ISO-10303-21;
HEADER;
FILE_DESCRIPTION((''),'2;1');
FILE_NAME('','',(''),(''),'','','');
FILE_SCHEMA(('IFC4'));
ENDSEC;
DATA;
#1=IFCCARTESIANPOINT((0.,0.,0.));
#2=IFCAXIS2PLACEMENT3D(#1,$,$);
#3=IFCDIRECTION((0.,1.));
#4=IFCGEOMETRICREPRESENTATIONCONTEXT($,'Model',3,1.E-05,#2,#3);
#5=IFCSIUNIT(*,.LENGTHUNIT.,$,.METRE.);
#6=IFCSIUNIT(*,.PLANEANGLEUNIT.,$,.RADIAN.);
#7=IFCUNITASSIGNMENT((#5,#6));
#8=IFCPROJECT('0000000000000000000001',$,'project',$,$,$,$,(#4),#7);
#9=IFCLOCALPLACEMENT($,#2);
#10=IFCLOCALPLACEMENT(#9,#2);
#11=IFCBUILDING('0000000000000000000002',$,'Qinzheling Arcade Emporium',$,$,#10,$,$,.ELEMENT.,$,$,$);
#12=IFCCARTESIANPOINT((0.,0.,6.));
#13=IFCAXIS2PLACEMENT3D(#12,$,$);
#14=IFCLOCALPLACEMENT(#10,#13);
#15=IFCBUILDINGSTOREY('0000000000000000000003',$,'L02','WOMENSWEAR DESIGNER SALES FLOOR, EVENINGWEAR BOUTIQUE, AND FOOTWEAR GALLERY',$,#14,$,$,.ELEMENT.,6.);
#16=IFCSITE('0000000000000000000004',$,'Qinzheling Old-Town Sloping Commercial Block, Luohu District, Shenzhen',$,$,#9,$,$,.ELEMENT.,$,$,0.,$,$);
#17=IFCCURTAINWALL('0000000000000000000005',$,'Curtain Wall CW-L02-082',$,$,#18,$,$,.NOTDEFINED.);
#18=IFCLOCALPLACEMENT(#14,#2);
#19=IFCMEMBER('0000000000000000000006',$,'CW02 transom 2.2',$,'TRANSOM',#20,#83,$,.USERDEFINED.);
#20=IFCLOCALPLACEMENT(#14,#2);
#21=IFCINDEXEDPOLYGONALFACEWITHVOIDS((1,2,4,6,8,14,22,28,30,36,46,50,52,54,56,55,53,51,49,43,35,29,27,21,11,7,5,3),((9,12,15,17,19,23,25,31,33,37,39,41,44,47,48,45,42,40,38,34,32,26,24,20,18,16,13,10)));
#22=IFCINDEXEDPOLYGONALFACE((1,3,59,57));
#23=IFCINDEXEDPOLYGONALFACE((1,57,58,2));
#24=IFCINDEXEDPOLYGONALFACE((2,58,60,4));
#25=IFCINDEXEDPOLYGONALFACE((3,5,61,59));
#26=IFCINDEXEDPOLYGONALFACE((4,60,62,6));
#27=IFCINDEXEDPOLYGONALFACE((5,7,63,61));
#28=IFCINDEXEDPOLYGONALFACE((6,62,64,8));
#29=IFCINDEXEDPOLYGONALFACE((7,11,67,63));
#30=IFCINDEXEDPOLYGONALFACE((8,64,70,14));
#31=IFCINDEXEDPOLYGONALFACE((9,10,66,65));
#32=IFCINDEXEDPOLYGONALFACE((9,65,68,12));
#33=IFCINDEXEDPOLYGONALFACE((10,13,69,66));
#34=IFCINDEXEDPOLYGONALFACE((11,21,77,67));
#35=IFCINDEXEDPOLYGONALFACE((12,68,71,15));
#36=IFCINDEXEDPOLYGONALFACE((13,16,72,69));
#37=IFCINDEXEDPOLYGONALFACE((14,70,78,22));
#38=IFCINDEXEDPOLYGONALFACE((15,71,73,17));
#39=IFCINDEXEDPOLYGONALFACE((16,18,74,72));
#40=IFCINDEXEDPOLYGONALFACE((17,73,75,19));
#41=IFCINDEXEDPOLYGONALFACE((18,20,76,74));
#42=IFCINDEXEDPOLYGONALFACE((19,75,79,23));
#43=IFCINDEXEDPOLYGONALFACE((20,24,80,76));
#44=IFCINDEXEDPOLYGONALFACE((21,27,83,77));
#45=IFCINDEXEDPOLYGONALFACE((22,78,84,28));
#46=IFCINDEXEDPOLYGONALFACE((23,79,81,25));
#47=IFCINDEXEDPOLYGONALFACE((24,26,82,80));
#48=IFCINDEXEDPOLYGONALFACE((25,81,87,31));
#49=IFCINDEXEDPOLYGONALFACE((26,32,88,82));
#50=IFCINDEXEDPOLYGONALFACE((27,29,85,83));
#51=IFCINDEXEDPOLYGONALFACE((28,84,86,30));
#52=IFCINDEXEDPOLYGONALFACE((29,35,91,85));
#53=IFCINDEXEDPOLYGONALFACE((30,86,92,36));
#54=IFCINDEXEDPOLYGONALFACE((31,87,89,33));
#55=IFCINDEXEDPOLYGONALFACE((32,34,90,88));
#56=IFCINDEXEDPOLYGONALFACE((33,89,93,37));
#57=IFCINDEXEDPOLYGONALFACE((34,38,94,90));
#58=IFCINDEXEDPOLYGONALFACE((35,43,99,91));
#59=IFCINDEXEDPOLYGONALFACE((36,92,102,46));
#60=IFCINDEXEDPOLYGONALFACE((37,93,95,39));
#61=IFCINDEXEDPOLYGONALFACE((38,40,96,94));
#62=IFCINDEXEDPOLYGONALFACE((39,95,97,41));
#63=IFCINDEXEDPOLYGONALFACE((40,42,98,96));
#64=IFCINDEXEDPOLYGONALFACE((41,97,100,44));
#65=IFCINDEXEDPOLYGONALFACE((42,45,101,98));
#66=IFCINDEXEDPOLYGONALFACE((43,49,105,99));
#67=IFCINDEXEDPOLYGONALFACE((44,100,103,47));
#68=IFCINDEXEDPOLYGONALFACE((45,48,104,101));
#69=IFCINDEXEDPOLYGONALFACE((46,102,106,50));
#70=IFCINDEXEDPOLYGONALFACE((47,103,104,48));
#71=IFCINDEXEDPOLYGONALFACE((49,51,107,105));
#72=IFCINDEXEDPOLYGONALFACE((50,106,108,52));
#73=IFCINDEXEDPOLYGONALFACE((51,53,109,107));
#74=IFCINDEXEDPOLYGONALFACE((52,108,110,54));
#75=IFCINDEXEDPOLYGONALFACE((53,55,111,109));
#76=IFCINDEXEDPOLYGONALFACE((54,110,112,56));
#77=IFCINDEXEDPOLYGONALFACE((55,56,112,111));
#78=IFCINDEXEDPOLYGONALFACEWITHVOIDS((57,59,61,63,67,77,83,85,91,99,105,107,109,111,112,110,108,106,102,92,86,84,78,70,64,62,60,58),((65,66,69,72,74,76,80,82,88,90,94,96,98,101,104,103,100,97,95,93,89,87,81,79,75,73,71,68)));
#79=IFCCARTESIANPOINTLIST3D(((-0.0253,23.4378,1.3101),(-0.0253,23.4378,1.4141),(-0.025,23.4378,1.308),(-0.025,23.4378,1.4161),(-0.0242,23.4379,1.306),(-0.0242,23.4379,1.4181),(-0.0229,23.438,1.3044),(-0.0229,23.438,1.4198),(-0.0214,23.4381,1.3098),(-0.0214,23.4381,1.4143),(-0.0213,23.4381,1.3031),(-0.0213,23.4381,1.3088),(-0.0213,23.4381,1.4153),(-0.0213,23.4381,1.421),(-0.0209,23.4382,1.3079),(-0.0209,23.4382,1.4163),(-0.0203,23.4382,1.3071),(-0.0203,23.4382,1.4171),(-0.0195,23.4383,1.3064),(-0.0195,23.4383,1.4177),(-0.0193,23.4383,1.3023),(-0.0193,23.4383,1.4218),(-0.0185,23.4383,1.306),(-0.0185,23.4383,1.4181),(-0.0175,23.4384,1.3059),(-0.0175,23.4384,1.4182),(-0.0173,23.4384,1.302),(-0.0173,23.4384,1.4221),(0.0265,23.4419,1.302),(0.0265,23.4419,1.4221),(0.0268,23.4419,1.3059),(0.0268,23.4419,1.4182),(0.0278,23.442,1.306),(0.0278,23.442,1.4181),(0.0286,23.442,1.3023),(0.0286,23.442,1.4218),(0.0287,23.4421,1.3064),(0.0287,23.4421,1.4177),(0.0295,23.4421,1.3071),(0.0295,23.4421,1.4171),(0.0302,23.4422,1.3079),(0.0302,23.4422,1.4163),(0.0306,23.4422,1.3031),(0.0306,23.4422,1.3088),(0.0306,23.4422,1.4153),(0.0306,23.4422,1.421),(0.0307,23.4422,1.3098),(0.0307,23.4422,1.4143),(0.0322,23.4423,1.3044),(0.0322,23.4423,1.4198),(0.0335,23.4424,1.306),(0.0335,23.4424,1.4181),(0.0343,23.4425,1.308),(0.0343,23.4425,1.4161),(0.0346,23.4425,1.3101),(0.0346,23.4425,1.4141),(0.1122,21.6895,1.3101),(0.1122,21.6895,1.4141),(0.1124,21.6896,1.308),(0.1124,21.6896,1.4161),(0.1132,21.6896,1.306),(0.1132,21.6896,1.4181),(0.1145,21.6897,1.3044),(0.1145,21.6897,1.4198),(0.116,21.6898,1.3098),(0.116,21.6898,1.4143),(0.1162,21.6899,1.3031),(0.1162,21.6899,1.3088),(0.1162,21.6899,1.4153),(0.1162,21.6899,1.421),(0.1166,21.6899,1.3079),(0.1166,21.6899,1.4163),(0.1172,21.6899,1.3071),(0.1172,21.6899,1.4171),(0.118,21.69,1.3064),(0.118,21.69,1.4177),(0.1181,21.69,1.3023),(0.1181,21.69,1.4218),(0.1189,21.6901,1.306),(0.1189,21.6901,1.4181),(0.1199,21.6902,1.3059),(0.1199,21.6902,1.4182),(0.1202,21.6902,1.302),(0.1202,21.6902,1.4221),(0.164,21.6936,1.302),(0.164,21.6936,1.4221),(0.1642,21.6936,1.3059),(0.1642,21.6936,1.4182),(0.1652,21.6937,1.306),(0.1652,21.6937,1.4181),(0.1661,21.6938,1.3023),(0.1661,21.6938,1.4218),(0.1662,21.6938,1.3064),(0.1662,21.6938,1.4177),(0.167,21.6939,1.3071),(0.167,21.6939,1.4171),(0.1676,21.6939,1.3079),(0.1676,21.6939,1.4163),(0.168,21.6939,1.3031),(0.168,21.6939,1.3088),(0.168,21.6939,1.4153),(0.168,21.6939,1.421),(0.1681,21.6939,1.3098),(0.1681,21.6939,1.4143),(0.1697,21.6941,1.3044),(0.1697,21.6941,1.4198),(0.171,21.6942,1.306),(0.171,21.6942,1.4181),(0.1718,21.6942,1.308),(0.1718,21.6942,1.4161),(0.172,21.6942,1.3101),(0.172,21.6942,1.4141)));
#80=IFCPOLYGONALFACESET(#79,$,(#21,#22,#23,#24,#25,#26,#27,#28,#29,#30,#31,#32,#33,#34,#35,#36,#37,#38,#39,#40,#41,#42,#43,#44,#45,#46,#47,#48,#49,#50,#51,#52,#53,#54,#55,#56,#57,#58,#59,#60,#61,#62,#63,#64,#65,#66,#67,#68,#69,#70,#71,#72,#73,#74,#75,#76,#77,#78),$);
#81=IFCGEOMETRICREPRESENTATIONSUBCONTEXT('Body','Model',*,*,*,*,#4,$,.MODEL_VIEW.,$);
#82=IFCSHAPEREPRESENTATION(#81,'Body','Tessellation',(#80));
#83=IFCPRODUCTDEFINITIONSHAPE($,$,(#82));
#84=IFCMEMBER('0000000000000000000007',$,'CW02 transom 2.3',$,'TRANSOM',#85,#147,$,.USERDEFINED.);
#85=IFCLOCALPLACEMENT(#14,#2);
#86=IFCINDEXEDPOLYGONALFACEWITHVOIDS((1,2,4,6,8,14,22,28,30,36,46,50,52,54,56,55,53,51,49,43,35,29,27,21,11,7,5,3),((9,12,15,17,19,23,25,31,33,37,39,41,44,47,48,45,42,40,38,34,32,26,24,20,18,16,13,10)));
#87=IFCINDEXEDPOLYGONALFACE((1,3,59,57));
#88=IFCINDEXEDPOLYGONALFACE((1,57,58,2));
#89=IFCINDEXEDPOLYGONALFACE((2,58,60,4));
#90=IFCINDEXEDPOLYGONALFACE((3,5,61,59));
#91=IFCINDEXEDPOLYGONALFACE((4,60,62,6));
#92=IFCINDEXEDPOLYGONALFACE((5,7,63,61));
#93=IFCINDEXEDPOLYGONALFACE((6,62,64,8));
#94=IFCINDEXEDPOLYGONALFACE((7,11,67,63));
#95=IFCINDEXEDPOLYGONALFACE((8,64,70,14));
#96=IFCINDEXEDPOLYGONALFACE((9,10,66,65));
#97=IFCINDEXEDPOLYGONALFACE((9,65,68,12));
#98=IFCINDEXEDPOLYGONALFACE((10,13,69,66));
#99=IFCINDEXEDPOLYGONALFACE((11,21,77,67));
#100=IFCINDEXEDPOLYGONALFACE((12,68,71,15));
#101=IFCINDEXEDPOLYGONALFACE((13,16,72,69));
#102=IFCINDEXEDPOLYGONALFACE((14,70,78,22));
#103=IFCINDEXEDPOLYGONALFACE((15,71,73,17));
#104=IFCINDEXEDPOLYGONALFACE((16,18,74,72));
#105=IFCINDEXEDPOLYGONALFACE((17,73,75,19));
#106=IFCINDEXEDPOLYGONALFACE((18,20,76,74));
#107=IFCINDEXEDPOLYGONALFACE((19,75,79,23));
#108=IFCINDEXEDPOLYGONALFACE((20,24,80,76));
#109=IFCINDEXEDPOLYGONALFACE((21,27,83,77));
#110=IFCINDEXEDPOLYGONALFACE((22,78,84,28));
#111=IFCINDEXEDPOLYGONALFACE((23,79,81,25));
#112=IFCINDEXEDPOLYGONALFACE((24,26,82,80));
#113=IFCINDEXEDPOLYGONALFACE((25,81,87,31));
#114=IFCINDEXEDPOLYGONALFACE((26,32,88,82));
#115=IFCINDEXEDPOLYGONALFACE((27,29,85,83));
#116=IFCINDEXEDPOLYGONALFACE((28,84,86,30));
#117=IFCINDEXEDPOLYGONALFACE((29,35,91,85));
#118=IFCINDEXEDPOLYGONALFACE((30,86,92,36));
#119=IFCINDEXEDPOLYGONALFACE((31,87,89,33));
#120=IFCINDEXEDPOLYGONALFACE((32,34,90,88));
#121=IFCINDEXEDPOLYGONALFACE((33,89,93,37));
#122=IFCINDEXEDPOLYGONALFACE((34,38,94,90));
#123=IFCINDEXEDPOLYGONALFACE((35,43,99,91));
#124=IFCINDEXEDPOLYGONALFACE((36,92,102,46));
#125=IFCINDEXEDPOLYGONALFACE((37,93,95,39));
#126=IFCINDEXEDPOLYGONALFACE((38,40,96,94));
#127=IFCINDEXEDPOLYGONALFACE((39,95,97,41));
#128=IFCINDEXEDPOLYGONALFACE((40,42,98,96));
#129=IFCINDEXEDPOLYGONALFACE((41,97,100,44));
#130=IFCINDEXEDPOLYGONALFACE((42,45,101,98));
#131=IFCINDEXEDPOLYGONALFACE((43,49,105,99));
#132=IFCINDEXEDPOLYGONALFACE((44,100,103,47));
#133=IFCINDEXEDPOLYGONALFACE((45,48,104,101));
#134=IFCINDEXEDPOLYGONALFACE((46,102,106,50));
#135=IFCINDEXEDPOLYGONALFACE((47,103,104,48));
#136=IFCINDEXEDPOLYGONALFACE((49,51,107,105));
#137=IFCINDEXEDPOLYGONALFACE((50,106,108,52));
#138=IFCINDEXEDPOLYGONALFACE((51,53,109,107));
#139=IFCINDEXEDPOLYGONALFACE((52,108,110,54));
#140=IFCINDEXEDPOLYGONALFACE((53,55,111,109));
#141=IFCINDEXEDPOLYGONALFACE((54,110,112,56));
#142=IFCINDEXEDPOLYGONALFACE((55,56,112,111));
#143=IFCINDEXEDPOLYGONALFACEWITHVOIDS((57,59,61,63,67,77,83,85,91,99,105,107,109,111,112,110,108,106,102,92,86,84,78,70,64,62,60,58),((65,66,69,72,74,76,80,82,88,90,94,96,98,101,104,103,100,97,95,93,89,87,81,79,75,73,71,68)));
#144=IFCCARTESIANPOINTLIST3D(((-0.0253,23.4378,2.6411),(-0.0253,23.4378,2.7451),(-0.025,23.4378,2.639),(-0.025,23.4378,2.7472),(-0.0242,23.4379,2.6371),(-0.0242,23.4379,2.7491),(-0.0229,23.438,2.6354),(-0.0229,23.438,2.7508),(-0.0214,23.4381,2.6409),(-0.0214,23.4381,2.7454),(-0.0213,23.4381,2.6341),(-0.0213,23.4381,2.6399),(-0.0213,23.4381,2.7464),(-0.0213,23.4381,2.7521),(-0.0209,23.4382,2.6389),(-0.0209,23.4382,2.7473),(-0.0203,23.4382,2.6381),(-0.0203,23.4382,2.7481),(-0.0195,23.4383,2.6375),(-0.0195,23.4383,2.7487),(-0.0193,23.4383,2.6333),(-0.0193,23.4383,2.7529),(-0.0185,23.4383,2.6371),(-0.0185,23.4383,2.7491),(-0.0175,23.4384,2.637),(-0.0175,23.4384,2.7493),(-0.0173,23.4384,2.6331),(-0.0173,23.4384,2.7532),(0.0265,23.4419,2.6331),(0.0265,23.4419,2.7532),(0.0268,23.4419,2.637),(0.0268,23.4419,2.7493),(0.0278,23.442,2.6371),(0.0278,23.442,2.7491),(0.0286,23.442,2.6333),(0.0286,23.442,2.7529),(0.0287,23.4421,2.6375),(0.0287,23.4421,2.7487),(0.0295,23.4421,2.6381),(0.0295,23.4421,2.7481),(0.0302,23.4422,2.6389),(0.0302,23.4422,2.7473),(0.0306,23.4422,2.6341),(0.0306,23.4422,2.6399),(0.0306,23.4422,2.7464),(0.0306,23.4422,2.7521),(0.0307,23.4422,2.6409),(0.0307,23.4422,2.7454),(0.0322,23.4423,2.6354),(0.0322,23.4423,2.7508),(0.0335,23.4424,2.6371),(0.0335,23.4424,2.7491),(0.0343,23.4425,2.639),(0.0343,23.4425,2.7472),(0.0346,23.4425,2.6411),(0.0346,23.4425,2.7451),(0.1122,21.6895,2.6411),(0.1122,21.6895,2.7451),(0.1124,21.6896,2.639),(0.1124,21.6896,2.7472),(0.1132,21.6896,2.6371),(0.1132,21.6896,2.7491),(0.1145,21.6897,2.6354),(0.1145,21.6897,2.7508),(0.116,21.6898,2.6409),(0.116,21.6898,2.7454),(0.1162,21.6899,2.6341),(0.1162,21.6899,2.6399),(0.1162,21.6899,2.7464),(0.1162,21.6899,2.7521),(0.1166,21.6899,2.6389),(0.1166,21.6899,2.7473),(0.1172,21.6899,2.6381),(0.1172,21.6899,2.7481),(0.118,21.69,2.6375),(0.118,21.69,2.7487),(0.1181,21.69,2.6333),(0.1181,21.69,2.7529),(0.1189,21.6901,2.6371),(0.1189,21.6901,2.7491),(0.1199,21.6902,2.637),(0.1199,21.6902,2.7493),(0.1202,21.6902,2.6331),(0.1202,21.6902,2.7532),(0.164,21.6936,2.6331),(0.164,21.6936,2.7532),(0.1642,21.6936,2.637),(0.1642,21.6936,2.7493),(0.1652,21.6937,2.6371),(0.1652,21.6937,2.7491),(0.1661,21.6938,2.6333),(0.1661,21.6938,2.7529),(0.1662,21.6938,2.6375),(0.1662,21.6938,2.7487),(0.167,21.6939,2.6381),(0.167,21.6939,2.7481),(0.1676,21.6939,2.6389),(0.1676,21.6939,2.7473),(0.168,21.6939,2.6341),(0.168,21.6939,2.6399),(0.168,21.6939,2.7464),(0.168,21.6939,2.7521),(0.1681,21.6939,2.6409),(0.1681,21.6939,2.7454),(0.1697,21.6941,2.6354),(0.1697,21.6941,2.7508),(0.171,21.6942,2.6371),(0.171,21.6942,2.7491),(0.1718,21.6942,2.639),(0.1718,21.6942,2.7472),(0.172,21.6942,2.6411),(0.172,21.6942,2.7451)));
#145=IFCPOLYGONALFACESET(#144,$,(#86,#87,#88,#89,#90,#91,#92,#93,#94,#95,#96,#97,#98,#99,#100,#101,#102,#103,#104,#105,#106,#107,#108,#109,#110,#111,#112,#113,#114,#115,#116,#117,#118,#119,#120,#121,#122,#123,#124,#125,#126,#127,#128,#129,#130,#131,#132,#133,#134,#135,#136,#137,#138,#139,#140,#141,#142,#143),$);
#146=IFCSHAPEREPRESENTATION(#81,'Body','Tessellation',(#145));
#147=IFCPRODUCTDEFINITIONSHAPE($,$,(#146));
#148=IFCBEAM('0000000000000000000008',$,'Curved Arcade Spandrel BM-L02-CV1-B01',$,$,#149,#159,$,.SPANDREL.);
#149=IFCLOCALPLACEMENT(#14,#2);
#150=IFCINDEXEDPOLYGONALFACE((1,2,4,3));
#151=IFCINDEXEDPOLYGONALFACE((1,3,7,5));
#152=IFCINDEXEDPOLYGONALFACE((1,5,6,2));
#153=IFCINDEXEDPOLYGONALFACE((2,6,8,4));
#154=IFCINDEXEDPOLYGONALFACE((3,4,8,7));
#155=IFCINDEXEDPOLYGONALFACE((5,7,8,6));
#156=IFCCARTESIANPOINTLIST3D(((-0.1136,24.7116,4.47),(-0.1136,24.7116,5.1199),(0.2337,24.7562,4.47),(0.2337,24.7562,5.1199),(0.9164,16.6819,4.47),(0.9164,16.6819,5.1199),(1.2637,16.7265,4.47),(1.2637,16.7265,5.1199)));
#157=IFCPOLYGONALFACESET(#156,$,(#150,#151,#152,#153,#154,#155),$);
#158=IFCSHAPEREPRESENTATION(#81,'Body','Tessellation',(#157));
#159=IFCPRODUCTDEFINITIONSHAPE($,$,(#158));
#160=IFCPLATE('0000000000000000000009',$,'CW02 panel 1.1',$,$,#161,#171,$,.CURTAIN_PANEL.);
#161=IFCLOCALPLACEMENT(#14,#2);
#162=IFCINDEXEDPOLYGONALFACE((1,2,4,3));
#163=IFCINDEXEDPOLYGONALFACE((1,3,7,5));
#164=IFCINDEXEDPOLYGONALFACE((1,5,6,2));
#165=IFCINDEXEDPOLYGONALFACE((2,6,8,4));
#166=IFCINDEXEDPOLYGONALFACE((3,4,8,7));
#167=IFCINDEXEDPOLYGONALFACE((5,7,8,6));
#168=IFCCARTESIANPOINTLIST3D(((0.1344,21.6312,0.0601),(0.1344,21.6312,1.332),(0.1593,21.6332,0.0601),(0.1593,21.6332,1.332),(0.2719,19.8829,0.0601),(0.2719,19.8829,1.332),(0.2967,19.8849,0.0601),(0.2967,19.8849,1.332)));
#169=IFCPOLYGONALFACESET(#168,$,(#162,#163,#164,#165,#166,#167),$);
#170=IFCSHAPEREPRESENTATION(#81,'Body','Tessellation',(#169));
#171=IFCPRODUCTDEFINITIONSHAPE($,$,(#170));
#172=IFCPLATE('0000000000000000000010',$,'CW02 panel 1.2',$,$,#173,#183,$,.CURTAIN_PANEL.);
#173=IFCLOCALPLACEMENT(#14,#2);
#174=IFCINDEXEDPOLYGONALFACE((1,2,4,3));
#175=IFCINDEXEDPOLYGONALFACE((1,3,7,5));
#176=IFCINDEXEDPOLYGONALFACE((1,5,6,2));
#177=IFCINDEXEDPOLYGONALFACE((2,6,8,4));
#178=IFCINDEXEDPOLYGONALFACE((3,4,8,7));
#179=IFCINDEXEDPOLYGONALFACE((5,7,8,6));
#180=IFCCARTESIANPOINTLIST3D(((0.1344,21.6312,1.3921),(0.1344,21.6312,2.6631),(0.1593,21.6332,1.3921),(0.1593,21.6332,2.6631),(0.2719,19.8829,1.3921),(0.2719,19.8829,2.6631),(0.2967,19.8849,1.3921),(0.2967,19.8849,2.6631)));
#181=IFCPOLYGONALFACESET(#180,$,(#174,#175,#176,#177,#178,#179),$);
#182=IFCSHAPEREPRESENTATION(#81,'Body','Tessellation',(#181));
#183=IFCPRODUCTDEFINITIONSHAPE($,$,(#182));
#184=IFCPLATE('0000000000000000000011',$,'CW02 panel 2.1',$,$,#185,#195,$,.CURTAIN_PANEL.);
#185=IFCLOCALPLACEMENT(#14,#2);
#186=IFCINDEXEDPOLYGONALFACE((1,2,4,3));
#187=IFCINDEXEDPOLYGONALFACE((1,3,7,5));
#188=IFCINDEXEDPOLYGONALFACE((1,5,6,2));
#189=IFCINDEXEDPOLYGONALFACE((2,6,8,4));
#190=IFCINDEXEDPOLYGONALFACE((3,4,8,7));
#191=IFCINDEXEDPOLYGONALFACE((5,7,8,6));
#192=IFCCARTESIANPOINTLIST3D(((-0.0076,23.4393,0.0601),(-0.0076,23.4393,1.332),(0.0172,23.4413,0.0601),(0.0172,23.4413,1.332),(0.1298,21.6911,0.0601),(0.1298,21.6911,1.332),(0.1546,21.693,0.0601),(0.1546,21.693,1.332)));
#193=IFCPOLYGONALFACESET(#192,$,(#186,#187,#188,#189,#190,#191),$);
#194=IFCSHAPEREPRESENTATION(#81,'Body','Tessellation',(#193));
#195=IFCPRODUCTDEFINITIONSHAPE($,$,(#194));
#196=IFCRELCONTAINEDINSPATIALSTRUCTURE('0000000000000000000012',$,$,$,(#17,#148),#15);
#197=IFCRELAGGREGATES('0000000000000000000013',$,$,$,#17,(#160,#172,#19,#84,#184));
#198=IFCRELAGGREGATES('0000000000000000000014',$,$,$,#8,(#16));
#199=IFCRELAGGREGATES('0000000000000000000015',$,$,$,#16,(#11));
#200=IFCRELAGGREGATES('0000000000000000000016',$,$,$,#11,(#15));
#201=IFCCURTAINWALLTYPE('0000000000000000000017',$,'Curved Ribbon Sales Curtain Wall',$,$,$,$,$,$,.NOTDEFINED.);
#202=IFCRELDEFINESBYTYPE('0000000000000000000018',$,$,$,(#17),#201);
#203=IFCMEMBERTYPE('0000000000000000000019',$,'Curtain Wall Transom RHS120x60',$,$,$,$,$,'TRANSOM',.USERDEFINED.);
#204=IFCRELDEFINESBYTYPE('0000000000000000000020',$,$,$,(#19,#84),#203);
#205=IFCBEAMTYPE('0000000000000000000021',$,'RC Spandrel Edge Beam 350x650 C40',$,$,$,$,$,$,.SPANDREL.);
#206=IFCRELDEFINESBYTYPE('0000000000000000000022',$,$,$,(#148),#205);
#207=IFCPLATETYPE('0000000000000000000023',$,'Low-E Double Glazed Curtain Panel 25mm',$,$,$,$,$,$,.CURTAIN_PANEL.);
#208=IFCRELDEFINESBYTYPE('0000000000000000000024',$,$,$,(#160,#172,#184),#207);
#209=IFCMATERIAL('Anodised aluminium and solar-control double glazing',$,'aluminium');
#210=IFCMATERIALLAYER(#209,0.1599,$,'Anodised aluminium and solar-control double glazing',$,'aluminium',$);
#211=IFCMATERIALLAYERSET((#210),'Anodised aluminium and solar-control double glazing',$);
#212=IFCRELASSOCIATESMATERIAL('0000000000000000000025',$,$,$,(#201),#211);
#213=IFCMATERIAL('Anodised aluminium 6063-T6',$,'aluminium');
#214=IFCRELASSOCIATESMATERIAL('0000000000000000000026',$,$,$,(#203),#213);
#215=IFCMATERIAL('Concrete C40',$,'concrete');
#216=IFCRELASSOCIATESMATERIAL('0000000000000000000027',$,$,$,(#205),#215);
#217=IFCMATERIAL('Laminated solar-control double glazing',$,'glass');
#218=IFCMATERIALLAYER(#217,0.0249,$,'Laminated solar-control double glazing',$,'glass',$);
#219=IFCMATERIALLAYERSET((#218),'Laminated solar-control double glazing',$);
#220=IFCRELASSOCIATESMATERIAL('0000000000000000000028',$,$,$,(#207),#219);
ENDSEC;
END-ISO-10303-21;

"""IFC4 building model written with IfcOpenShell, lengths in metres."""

from ifc_helpers import new_model, si_unit, direction, frame, origin, origin_2d, place, context, subcontext, project, spatial, rectangle, hollow_rectangle, extrude, material, layer, layer_set, material_profile, profile_set, type_object, element, aggregate, save


model = new_model("IFC4")

# Units and contexts
model_context = context("Model", 3, precision=1e-05, world=origin(), true_north=direction((0.0, 1.0)))
body_context = subcontext(model_context, "Body", "Model", "MODEL_VIEW")
ifc_project = project(units=[si_unit("LENGTHUNIT", "METRE"), si_unit("PLANEANGLEUNIT", "RADIAN")], contexts=[model_context])

# Site, building, storey
site_placement = place(None, origin())
site = spatial("IfcSite", under=ifc_project, at=site_placement, Name="Qinzheling Old-Town Sloping Commercial Block, Luohu District, Shenzhen", CompositionType="ELEMENT", RefElevation=0.0)
building_placement = place(site_placement, origin())
building = spatial("IfcBuilding", under=site, at=building_placement, Name="Qinzheling Arcade Emporium", CompositionType="ELEMENT")
storey_placement = place(building_placement, frame((0.0, 0.0, 6.0)))
storey = spatial("IfcBuildingStorey", under=building, at=storey_placement, Name="L02", Description="WOMENSWEAR DESIGNER SALES FLOOR, EVENINGWEAR BOUTIQUE, AND FOOTWEAR GALLERY", CompositionType="ELEMENT", Elevation=6.0)

# Curtain wall
ifc_material_1 = material(Name="Anodised aluminium and solar-control double glazing", Category="aluminium")
ifc_layer_1 = layer(ifc_material_1, 0.1599, Name="Anodised aluminium and solar-control double glazing", Category="aluminium")
ifc_layer_set_1 = layer_set([ifc_layer_1], Name="Anodised aluminium and solar-control double glazing")
curtain_wall_type_1 = type_object("IfcCurtainWallType", Name="Curved Ribbon Sales Curtain Wall", PredefinedType="NOTDEFINED", material=ifc_layer_set_1)
curtain_wall_1_placement = place(storey_placement, origin())
curtain_wall_1 = element("IfcCurtainWall", 1, at=curtain_wall_1_placement, inside=storey, type_object=curtain_wall_type_1, Name="Curtain Wall CW-L02-082", PredefinedType="NOTDEFINED")
ifc_material_2 = material(Name="Anodised aluminium 6063-T6", Category="aluminium")

# Members
ifc_material_profile_1 = material_profile(ifc_material_2, hollow_rectangle(XDim=0.0601, YDim=0.1201, WallThickness=0.0039, InnerFilletRadius=0.0039, OuterFilletRadius=0.0081, at=origin_2d()), Name="RHS 120x60x4", Category="aluminium")
ifc_profile_set_1 = profile_set([ifc_material_profile_1], Name="Anodised aluminium 6063-T6")
member_type_1 = type_object("IfcMemberType", Name="Curtain Wall Transom RHS120x60", ElementType="TRANSOM", PredefinedType="USERDEFINED", material=ifc_profile_set_1)
member_1_placement = place(storey_placement, frame((0.1421, 21.6919, 1.3621), z_axis=(-0.078378, 0.996924, 0.0), x_axis=(-0.996924, -0.078378, 0.0)))
member_1 = element("IfcMember", 2, at=member_1_placement, type_object=member_type_1, Name="CW02 transom 2.2", ObjectType="TRANSOM", PredefinedType="USERDEFINED", context=body_context, shape_type="SweptSolid", body=[
    extrude(hollow_rectangle(XDim=0.0601, YDim=0.1201, WallThickness=0.0039, InnerFilletRadius=0.0039, OuterFilletRadius=0.0081, at=origin_2d()), origin(), (0.0, 0.0, 1.0), 1.7537),
])
member_2_placement = place(storey_placement, frame((0.1421, 21.6919, 2.6931), z_axis=(-0.078378, 0.996924, 0.0), x_axis=(-0.996924, -0.078378, 0.0)))
member_2 = element("IfcMember", 3, at=member_2_placement, type_object=member_type_1, Name="CW02 transom 2.3", ObjectType="TRANSOM", PredefinedType="USERDEFINED", context=body_context, shape_type="SweptSolid", body=[
    extrude(hollow_rectangle(XDim=0.0601, YDim=0.1201, WallThickness=0.0039, InnerFilletRadius=0.0039, OuterFilletRadius=0.0081, at=origin_2d()), origin(), (0.0, 0.0, 1.0), 1.7537),
])

# Beam
ifc_material_3 = material(Name="Concrete C40", Category="concrete")
ifc_material_profile_2 = material_profile(ifc_material_3, rectangle(XDim=0.3501, YDim=0.6499, at=origin_2d()), Name="RC 350x650", Category="concrete")
ifc_profile_set_2 = profile_set([ifc_material_profile_2], Name="Concrete C40")
beam_type_1 = type_object("IfcBeamType", Name="RC Spandrel Edge Beam 350x650 C40", PredefinedType="SPANDREL", material=ifc_profile_set_2)
beam_1_placement = place(storey_placement, frame((0.0601, 24.7339, 4.7949), z_axis=(0.127234, -0.991873, 0.0), x_axis=(0.991873, 0.127234, 0.0)))
element("IfcBeam", 4, at=beam_1_placement, inside=storey, type_object=beam_type_1, Name="Curved Arcade Spandrel BM-L02-CV1-B01", PredefinedType="SPANDREL", context=body_context, shape_type="SweptSolid", body=[
    extrude(rectangle(XDim=0.3501, YDim=0.6499, at=origin_2d()), origin(), (0.0, 0.0, 1.0), 8.0955),
])

# Plates
ifc_material_4 = material(Name="Laminated solar-control double glazing", Category="glass")
ifc_layer_2 = layer(ifc_material_4, 0.0249, Name="Laminated solar-control double glazing", Category="glass")
ifc_layer_set_2 = layer_set([ifc_layer_2], Name="Laminated solar-control double glazing")
plate_type = type_object("IfcPlateType", Name="Low-E Double Glazed Curtain Panel 25mm", PredefinedType="CURTAIN_PANEL", material=ifc_layer_set_2)
plate_1_placement = place(storey_placement, frame((0.2156, 20.7581, 0.0601), z_axis=(0.0, 0.0, 1.0), x_axis=(-0.078376, 0.996924, 0.0)))
plate_1 = element("IfcPlate", 5, at=plate_1_placement, type_object=plate_type, Name="CW02 panel 1.1", PredefinedType="CURTAIN_PANEL", context=body_context, shape_type="SweptSolid", body=[
    extrude(rectangle(XDim=1.7537, YDim=0.0249, at=origin_2d()), origin(), (0.0, 0.0, 1.0), 1.272),
])
plate_2_placement = place(storey_placement, frame((0.2156, 20.7581, 1.3921), z_axis=(0.0, 0.0, 1.0), x_axis=(-0.078376, 0.996924, 0.0)))
plate_2 = element("IfcPlate", 6, at=plate_2_placement, type_object=plate_type, Name="CW02 panel 1.2", PredefinedType="CURTAIN_PANEL", context=body_context, shape_type="SweptSolid", body=[
    extrude(rectangle(XDim=1.7537, YDim=0.0249, at=origin_2d()), origin(), (0.0, 0.0, 1.0), 1.271),
])
plate_3_placement = place(storey_placement, frame((0.0735, 22.5662, 0.0601), z_axis=(0.0, 0.0, 1.0), x_axis=(-0.078376, 0.996924, 0.0)))
plate_3 = element("IfcPlate", 7, at=plate_3_placement, type_object=plate_type, Name="CW02 panel 2.1", PredefinedType="CURTAIN_PANEL", context=body_context, shape_type="SweptSolid", body=[
    extrude(rectangle(XDim=1.7537, YDim=0.0249, at=origin_2d()), origin(), (0.0, 0.0, 1.0), 1.272),
])
aggregate(curtain_wall_1, [plate_1, plate_2, member_1, member_2, plate_3])

save(model, "model.ifc")
